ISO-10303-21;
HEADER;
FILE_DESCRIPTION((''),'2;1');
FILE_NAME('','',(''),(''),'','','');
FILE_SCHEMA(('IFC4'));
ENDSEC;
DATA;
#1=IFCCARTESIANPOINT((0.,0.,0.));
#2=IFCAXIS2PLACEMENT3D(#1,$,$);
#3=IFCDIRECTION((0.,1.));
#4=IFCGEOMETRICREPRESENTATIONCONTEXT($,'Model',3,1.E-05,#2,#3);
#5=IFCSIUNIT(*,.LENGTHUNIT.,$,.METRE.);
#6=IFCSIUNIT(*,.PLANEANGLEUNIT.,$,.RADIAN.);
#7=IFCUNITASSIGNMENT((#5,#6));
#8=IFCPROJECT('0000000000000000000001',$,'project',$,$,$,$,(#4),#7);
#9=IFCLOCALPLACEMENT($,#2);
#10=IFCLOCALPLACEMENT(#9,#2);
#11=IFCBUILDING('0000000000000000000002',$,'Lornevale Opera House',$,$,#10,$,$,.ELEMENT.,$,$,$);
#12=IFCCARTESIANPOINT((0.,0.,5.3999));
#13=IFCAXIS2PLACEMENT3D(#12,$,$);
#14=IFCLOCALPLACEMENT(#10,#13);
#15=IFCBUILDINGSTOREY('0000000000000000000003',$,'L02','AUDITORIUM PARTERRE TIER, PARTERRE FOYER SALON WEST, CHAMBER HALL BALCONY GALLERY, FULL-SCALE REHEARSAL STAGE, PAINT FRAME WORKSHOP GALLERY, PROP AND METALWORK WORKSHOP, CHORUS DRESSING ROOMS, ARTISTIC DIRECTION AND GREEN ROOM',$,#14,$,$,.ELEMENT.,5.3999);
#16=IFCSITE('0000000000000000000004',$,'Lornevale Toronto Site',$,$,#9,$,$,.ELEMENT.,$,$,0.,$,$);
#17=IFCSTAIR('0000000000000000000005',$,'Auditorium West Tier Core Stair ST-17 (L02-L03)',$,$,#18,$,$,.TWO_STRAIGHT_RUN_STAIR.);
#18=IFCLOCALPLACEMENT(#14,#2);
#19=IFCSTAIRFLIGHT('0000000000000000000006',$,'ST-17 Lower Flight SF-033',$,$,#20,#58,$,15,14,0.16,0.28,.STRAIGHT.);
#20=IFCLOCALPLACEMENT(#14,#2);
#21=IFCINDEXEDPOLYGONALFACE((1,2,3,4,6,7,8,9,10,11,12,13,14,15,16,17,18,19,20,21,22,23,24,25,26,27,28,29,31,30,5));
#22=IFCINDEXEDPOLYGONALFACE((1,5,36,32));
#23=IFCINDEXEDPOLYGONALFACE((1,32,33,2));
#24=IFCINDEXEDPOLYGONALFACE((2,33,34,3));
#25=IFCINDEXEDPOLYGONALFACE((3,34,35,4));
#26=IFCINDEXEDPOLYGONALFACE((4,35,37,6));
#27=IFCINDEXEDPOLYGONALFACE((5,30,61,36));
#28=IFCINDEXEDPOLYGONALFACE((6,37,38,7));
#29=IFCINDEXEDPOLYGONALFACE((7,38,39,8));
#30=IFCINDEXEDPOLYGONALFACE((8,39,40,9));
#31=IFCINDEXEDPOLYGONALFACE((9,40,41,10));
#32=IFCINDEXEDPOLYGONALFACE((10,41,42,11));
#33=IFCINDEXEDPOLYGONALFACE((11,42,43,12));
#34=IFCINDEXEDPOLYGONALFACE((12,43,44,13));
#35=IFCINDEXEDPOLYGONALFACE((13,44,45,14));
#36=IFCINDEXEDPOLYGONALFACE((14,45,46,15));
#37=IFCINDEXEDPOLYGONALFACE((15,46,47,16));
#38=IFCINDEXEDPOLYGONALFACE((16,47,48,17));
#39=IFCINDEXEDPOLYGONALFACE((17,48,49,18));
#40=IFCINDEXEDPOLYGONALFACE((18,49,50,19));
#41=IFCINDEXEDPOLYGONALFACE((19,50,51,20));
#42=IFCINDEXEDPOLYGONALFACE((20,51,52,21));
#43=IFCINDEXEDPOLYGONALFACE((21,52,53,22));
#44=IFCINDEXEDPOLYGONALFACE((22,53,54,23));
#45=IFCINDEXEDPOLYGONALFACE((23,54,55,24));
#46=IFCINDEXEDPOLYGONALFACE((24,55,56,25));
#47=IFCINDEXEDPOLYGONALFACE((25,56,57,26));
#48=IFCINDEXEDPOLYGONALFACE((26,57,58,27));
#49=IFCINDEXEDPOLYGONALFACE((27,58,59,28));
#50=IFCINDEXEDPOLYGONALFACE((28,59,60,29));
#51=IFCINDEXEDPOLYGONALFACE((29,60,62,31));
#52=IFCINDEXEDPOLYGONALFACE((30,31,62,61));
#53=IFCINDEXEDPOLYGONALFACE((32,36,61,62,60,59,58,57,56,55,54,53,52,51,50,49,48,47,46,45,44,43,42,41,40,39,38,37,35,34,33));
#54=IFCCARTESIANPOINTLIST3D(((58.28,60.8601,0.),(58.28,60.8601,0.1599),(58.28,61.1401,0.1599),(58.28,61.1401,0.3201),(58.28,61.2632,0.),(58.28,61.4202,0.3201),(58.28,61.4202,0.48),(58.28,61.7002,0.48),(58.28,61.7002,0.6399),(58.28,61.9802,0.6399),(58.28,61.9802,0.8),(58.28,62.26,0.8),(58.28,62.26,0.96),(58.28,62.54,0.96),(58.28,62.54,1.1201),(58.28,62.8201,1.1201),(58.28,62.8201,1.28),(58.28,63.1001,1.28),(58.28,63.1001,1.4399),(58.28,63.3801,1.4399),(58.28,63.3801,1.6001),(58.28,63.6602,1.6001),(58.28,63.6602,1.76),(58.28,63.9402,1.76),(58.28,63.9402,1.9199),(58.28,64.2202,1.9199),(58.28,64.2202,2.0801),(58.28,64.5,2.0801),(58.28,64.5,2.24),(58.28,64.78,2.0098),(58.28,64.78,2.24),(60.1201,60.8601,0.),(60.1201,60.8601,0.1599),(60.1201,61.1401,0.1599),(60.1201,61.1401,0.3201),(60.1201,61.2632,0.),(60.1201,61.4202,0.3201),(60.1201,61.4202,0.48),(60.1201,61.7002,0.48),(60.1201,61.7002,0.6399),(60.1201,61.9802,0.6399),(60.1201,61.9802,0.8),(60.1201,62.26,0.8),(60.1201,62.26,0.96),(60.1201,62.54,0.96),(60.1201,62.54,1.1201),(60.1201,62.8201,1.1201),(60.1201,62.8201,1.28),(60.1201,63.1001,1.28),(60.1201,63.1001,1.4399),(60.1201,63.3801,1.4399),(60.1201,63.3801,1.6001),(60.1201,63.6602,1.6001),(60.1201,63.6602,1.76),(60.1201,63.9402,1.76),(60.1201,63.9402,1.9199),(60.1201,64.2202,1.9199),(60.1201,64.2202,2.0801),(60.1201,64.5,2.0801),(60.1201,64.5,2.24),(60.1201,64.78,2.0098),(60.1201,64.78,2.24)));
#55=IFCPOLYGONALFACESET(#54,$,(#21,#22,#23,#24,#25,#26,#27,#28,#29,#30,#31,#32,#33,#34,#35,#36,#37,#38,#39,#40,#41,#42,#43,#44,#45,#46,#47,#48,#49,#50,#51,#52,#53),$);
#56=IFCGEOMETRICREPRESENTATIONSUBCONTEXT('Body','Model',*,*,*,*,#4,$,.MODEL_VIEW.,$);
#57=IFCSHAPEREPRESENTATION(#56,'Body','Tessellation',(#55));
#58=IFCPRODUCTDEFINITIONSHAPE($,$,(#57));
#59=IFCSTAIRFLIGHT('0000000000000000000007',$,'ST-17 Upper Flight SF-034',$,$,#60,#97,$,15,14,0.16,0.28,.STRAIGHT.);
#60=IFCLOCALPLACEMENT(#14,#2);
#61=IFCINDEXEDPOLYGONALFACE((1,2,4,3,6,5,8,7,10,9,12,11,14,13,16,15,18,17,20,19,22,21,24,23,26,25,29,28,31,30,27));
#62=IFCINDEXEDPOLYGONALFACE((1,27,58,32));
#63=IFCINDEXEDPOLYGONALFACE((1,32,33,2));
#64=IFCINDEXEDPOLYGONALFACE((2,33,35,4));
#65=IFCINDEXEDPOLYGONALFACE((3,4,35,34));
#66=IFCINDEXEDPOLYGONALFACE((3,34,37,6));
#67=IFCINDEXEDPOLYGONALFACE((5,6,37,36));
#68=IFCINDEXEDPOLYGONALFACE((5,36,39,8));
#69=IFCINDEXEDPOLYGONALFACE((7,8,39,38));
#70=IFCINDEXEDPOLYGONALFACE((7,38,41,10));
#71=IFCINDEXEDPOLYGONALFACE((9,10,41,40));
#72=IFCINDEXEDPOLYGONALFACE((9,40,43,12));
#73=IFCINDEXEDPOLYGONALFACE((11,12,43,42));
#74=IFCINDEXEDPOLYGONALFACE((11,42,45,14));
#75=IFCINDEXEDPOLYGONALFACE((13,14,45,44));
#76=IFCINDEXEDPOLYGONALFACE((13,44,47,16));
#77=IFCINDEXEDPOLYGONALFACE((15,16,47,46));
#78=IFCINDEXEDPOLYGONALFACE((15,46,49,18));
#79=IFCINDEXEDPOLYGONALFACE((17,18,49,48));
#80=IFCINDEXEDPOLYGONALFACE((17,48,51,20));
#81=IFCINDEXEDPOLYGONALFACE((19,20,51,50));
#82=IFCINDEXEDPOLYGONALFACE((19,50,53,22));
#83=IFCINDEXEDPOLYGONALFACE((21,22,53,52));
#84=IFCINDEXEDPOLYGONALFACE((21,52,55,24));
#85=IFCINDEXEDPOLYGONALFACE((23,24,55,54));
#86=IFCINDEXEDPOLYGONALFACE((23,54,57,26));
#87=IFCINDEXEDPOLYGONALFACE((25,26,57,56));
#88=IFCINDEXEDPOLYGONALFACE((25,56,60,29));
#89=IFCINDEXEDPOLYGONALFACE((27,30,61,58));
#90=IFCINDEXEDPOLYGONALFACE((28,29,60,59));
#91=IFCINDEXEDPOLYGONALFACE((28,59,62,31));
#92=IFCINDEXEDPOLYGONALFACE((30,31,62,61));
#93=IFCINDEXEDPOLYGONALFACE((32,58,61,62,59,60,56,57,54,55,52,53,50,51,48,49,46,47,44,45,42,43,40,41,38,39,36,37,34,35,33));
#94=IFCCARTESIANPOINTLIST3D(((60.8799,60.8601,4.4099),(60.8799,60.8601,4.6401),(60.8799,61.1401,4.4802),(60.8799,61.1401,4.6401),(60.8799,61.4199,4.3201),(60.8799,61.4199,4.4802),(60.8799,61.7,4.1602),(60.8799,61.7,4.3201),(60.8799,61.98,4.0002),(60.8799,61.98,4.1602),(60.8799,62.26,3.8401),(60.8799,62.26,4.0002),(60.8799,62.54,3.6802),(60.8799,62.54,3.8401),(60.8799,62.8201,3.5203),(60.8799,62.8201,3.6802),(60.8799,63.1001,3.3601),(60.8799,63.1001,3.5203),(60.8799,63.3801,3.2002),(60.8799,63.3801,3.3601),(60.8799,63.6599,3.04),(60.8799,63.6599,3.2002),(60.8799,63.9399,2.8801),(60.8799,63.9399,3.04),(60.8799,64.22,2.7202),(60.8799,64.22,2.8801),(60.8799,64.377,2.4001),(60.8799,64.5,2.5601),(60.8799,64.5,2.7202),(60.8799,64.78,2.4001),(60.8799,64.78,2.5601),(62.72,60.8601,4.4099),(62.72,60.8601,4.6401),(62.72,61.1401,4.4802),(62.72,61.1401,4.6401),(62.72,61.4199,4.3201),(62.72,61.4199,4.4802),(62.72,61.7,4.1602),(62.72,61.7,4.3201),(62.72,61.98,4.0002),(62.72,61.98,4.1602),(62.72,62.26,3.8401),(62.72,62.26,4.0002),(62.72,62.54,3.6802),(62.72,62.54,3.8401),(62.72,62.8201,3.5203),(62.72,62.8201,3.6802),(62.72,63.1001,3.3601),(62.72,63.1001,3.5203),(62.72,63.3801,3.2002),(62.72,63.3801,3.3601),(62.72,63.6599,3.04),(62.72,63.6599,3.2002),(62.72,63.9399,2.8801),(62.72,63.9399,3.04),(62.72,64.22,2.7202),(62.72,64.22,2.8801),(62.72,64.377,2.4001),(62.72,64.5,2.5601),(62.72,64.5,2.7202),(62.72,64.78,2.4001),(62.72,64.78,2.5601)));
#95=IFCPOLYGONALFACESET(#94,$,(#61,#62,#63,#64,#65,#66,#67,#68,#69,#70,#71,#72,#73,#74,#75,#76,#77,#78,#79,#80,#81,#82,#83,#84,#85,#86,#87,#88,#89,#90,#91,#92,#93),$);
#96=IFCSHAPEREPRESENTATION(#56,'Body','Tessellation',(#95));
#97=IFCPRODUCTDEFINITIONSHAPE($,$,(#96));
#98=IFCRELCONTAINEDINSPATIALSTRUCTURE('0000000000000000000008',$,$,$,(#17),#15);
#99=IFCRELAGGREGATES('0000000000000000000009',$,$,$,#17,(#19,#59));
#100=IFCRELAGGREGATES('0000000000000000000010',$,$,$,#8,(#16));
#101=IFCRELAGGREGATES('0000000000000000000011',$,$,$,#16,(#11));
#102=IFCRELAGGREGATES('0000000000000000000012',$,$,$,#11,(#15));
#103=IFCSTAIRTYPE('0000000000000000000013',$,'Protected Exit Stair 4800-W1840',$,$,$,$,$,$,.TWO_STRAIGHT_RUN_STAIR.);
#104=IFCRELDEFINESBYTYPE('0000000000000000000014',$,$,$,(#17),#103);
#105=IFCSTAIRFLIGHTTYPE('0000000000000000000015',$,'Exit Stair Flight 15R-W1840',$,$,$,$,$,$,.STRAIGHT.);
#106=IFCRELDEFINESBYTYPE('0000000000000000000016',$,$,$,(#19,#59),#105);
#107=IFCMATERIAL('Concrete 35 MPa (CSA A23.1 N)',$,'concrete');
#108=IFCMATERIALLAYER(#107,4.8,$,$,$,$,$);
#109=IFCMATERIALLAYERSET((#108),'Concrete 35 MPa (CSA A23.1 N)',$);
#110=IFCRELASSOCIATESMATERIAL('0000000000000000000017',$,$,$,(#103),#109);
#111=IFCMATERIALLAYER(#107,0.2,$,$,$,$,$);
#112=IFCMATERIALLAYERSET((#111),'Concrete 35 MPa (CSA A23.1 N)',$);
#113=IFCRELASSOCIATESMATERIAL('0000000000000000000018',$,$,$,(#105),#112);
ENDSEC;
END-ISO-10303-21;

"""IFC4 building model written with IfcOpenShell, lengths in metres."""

from ifc_helpers import new_model, si_unit, direction, frame, origin, place, context, subcontext, project, spatial, polyline, outline, extrude, material, layer, layer_set, type_object, element, aggregate, save


model = new_model("IFC4")

# Units and contexts
model_context = context("Model", 3, precision=1e-05, world=origin(), true_north=direction((0.0, 1.0)))
body_context = subcontext(model_context, "Body", "Model", "MODEL_VIEW")
ifc_project = project(units=[si_unit("LENGTHUNIT", "METRE"), si_unit("PLANEANGLEUNIT", "RADIAN")], contexts=[model_context])

# Site, building, storey
site_placement = place(None, origin())
site = spatial("IfcSite", under=ifc_project, at=site_placement, Name="Lornevale Toronto Site", CompositionType="ELEMENT", RefElevation=0.0)
building_placement = place(site_placement, origin())
building = spatial("IfcBuilding", under=site, at=building_placement, Name="Lornevale Opera House", CompositionType="ELEMENT")
storey_placement = place(building_placement, frame((0.0, 0.0, 5.3999)))
storey = spatial("IfcBuildingStorey", under=building, at=storey_placement, Name="L02", Description="AUDITORIUM PARTERRE TIER, PARTERRE FOYER SALON WEST, CHAMBER HALL BALCONY GALLERY, FULL-SCALE REHEARSAL STAGE, PAINT FRAME WORKSHOP GALLERY, PROP AND METALWORK WORKSHOP, CHORUS DRESSING ROOMS, ARTISTIC DIRECTION AND GREEN ROOM", CompositionType="ELEMENT", Elevation=5.3999)

# Shared definitions
ifc_material_1 = material(Name="Concrete 35 MPa (CSA A23.1 N)", Category="concrete")

# Stair, stair flights
ifc_layer_1 = layer(ifc_material_1, 4.8)
ifc_layer_set_1 = layer_set([ifc_layer_1], Name="Concrete 35 MPa (CSA A23.1 N)")
stair_type = type_object("IfcStairType", Name="Protected Exit Stair 4800-W1840", PredefinedType="TWO_STRAIGHT_RUN_STAIR", material=ifc_layer_set_1)
stair_placement = place(storey_placement, origin())
stair = element("IfcStair", 1, at=stair_placement, inside=storey, type_object=stair_type, Name="Auditorium West Tier Core Stair ST-17 (L02-L03)", PredefinedType="TWO_STRAIGHT_RUN_STAIR")
ifc_layer_2 = layer(ifc_material_1, 0.2)
ifc_layer_set_2 = layer_set([ifc_layer_2], Name="Concrete 35 MPa (CSA A23.1 N)")
stair_flight_type = type_object("IfcStairFlightType", Name="Exit Stair Flight 15R-W1840", PredefinedType="STRAIGHT", material=ifc_layer_set_2)
stair_flight_1_placement = place(storey_placement, frame((59.2, 60.8601, 0.0), z_axis=(0.0, 0.0, 1.0), x_axis=(0.0, 1.0, 0.0)))
stair_flight_1 = element("IfcStairFlight", 2, at=stair_flight_1_placement, type_object=stair_flight_type, Name="ST-17 Lower Flight SF-033", NumberOfRisers=15, NumberOfTreads=14, PredefinedType="STRAIGHT", RiserHeight=0.16, TreadLength=0.28, context=body_context, shape_type="SweptSolid", body=[
    extrude(outline(polyline([(0.0, 0.0), (0.0, 0.1599), (0.28, 0.1599), (0.28, 0.3201), (0.5601, 0.3201), (0.5601, 0.48), (0.8401, 0.48), (0.8401, 0.6399), (1.1201, 0.6399), (1.1201, 0.8), (1.3999, 0.8), (1.3999, 0.96), (1.6799, 0.96), (1.6799, 1.1201), (1.96, 1.1201), (1.96, 1.28), (2.24, 1.28), (2.24, 1.4399), (2.52, 1.4399), (2.52, 1.6001), (2.8, 1.6001), (2.8, 1.76), (3.0801, 1.76), (3.0801, 1.9199), (3.3601, 1.9199), (3.3601, 2.0801), (3.6399, 2.0801), (3.6399, 2.24), (3.9199, 2.24), (3.9199, 2.0098), (0.4031, 0.0), (0.0, 0.0)])), frame((0.0, 0.9199, 0.0), z_axis=(0.0, -1.0, 0.0), x_axis=(1.0, 0.0, 0.0)), (0.0, 0.0, 1.0), 1.8401),
])
stair_flight_2_placement = place(storey_placement, frame((61.8, 64.78, 2.4001), z_axis=(0.0, 0.0, 1.0), x_axis=(0.0, -1.0, 0.0)))
stair_flight_2 = element("IfcStairFlight", 3, at=stair_flight_2_placement, type_object=stair_flight_type, Name="ST-17 Upper Flight SF-034", NumberOfRisers=15, NumberOfTreads=14, PredefinedType="STRAIGHT", RiserHeight=0.16, TreadLength=0.28, context=body_context, shape_type="SweptSolid", body=[
    extrude(outline(polyline([(0.0, 0.0), (0.0, 0.1599), (0.28, 0.1599), (0.28, 0.3201), (0.5601, 0.3201), (0.5601, 0.48), (0.8401, 0.48), (0.8401, 0.6399), (1.1201, 0.6399), (1.1201, 0.8), (1.3999, 0.8), (1.3999, 0.96), (1.6799, 0.96), (1.6799, 1.1201), (1.96, 1.1201), (1.96, 1.28), (2.24, 1.28), (2.24, 1.4399), (2.52, 1.4399), (2.52, 1.6001), (2.8, 1.6001), (2.8, 1.76), (3.0801, 1.76), (3.0801, 1.9199), (3.3601, 1.9199), (3.3601, 2.0801), (3.6399, 2.0801), (3.6399, 2.24), (3.9199, 2.24), (3.9199, 2.0098), (0.4031, 0.0), (0.0, 0.0)])), frame((0.0, 0.9199, 0.0), z_axis=(0.0, -1.0, 0.0), x_axis=(1.0, 0.0, 0.0)), (0.0, 0.0, 1.0), 1.8401),
])
aggregate(stair, [stair_flight_1, stair_flight_2])

save(model, "model.ifc")
